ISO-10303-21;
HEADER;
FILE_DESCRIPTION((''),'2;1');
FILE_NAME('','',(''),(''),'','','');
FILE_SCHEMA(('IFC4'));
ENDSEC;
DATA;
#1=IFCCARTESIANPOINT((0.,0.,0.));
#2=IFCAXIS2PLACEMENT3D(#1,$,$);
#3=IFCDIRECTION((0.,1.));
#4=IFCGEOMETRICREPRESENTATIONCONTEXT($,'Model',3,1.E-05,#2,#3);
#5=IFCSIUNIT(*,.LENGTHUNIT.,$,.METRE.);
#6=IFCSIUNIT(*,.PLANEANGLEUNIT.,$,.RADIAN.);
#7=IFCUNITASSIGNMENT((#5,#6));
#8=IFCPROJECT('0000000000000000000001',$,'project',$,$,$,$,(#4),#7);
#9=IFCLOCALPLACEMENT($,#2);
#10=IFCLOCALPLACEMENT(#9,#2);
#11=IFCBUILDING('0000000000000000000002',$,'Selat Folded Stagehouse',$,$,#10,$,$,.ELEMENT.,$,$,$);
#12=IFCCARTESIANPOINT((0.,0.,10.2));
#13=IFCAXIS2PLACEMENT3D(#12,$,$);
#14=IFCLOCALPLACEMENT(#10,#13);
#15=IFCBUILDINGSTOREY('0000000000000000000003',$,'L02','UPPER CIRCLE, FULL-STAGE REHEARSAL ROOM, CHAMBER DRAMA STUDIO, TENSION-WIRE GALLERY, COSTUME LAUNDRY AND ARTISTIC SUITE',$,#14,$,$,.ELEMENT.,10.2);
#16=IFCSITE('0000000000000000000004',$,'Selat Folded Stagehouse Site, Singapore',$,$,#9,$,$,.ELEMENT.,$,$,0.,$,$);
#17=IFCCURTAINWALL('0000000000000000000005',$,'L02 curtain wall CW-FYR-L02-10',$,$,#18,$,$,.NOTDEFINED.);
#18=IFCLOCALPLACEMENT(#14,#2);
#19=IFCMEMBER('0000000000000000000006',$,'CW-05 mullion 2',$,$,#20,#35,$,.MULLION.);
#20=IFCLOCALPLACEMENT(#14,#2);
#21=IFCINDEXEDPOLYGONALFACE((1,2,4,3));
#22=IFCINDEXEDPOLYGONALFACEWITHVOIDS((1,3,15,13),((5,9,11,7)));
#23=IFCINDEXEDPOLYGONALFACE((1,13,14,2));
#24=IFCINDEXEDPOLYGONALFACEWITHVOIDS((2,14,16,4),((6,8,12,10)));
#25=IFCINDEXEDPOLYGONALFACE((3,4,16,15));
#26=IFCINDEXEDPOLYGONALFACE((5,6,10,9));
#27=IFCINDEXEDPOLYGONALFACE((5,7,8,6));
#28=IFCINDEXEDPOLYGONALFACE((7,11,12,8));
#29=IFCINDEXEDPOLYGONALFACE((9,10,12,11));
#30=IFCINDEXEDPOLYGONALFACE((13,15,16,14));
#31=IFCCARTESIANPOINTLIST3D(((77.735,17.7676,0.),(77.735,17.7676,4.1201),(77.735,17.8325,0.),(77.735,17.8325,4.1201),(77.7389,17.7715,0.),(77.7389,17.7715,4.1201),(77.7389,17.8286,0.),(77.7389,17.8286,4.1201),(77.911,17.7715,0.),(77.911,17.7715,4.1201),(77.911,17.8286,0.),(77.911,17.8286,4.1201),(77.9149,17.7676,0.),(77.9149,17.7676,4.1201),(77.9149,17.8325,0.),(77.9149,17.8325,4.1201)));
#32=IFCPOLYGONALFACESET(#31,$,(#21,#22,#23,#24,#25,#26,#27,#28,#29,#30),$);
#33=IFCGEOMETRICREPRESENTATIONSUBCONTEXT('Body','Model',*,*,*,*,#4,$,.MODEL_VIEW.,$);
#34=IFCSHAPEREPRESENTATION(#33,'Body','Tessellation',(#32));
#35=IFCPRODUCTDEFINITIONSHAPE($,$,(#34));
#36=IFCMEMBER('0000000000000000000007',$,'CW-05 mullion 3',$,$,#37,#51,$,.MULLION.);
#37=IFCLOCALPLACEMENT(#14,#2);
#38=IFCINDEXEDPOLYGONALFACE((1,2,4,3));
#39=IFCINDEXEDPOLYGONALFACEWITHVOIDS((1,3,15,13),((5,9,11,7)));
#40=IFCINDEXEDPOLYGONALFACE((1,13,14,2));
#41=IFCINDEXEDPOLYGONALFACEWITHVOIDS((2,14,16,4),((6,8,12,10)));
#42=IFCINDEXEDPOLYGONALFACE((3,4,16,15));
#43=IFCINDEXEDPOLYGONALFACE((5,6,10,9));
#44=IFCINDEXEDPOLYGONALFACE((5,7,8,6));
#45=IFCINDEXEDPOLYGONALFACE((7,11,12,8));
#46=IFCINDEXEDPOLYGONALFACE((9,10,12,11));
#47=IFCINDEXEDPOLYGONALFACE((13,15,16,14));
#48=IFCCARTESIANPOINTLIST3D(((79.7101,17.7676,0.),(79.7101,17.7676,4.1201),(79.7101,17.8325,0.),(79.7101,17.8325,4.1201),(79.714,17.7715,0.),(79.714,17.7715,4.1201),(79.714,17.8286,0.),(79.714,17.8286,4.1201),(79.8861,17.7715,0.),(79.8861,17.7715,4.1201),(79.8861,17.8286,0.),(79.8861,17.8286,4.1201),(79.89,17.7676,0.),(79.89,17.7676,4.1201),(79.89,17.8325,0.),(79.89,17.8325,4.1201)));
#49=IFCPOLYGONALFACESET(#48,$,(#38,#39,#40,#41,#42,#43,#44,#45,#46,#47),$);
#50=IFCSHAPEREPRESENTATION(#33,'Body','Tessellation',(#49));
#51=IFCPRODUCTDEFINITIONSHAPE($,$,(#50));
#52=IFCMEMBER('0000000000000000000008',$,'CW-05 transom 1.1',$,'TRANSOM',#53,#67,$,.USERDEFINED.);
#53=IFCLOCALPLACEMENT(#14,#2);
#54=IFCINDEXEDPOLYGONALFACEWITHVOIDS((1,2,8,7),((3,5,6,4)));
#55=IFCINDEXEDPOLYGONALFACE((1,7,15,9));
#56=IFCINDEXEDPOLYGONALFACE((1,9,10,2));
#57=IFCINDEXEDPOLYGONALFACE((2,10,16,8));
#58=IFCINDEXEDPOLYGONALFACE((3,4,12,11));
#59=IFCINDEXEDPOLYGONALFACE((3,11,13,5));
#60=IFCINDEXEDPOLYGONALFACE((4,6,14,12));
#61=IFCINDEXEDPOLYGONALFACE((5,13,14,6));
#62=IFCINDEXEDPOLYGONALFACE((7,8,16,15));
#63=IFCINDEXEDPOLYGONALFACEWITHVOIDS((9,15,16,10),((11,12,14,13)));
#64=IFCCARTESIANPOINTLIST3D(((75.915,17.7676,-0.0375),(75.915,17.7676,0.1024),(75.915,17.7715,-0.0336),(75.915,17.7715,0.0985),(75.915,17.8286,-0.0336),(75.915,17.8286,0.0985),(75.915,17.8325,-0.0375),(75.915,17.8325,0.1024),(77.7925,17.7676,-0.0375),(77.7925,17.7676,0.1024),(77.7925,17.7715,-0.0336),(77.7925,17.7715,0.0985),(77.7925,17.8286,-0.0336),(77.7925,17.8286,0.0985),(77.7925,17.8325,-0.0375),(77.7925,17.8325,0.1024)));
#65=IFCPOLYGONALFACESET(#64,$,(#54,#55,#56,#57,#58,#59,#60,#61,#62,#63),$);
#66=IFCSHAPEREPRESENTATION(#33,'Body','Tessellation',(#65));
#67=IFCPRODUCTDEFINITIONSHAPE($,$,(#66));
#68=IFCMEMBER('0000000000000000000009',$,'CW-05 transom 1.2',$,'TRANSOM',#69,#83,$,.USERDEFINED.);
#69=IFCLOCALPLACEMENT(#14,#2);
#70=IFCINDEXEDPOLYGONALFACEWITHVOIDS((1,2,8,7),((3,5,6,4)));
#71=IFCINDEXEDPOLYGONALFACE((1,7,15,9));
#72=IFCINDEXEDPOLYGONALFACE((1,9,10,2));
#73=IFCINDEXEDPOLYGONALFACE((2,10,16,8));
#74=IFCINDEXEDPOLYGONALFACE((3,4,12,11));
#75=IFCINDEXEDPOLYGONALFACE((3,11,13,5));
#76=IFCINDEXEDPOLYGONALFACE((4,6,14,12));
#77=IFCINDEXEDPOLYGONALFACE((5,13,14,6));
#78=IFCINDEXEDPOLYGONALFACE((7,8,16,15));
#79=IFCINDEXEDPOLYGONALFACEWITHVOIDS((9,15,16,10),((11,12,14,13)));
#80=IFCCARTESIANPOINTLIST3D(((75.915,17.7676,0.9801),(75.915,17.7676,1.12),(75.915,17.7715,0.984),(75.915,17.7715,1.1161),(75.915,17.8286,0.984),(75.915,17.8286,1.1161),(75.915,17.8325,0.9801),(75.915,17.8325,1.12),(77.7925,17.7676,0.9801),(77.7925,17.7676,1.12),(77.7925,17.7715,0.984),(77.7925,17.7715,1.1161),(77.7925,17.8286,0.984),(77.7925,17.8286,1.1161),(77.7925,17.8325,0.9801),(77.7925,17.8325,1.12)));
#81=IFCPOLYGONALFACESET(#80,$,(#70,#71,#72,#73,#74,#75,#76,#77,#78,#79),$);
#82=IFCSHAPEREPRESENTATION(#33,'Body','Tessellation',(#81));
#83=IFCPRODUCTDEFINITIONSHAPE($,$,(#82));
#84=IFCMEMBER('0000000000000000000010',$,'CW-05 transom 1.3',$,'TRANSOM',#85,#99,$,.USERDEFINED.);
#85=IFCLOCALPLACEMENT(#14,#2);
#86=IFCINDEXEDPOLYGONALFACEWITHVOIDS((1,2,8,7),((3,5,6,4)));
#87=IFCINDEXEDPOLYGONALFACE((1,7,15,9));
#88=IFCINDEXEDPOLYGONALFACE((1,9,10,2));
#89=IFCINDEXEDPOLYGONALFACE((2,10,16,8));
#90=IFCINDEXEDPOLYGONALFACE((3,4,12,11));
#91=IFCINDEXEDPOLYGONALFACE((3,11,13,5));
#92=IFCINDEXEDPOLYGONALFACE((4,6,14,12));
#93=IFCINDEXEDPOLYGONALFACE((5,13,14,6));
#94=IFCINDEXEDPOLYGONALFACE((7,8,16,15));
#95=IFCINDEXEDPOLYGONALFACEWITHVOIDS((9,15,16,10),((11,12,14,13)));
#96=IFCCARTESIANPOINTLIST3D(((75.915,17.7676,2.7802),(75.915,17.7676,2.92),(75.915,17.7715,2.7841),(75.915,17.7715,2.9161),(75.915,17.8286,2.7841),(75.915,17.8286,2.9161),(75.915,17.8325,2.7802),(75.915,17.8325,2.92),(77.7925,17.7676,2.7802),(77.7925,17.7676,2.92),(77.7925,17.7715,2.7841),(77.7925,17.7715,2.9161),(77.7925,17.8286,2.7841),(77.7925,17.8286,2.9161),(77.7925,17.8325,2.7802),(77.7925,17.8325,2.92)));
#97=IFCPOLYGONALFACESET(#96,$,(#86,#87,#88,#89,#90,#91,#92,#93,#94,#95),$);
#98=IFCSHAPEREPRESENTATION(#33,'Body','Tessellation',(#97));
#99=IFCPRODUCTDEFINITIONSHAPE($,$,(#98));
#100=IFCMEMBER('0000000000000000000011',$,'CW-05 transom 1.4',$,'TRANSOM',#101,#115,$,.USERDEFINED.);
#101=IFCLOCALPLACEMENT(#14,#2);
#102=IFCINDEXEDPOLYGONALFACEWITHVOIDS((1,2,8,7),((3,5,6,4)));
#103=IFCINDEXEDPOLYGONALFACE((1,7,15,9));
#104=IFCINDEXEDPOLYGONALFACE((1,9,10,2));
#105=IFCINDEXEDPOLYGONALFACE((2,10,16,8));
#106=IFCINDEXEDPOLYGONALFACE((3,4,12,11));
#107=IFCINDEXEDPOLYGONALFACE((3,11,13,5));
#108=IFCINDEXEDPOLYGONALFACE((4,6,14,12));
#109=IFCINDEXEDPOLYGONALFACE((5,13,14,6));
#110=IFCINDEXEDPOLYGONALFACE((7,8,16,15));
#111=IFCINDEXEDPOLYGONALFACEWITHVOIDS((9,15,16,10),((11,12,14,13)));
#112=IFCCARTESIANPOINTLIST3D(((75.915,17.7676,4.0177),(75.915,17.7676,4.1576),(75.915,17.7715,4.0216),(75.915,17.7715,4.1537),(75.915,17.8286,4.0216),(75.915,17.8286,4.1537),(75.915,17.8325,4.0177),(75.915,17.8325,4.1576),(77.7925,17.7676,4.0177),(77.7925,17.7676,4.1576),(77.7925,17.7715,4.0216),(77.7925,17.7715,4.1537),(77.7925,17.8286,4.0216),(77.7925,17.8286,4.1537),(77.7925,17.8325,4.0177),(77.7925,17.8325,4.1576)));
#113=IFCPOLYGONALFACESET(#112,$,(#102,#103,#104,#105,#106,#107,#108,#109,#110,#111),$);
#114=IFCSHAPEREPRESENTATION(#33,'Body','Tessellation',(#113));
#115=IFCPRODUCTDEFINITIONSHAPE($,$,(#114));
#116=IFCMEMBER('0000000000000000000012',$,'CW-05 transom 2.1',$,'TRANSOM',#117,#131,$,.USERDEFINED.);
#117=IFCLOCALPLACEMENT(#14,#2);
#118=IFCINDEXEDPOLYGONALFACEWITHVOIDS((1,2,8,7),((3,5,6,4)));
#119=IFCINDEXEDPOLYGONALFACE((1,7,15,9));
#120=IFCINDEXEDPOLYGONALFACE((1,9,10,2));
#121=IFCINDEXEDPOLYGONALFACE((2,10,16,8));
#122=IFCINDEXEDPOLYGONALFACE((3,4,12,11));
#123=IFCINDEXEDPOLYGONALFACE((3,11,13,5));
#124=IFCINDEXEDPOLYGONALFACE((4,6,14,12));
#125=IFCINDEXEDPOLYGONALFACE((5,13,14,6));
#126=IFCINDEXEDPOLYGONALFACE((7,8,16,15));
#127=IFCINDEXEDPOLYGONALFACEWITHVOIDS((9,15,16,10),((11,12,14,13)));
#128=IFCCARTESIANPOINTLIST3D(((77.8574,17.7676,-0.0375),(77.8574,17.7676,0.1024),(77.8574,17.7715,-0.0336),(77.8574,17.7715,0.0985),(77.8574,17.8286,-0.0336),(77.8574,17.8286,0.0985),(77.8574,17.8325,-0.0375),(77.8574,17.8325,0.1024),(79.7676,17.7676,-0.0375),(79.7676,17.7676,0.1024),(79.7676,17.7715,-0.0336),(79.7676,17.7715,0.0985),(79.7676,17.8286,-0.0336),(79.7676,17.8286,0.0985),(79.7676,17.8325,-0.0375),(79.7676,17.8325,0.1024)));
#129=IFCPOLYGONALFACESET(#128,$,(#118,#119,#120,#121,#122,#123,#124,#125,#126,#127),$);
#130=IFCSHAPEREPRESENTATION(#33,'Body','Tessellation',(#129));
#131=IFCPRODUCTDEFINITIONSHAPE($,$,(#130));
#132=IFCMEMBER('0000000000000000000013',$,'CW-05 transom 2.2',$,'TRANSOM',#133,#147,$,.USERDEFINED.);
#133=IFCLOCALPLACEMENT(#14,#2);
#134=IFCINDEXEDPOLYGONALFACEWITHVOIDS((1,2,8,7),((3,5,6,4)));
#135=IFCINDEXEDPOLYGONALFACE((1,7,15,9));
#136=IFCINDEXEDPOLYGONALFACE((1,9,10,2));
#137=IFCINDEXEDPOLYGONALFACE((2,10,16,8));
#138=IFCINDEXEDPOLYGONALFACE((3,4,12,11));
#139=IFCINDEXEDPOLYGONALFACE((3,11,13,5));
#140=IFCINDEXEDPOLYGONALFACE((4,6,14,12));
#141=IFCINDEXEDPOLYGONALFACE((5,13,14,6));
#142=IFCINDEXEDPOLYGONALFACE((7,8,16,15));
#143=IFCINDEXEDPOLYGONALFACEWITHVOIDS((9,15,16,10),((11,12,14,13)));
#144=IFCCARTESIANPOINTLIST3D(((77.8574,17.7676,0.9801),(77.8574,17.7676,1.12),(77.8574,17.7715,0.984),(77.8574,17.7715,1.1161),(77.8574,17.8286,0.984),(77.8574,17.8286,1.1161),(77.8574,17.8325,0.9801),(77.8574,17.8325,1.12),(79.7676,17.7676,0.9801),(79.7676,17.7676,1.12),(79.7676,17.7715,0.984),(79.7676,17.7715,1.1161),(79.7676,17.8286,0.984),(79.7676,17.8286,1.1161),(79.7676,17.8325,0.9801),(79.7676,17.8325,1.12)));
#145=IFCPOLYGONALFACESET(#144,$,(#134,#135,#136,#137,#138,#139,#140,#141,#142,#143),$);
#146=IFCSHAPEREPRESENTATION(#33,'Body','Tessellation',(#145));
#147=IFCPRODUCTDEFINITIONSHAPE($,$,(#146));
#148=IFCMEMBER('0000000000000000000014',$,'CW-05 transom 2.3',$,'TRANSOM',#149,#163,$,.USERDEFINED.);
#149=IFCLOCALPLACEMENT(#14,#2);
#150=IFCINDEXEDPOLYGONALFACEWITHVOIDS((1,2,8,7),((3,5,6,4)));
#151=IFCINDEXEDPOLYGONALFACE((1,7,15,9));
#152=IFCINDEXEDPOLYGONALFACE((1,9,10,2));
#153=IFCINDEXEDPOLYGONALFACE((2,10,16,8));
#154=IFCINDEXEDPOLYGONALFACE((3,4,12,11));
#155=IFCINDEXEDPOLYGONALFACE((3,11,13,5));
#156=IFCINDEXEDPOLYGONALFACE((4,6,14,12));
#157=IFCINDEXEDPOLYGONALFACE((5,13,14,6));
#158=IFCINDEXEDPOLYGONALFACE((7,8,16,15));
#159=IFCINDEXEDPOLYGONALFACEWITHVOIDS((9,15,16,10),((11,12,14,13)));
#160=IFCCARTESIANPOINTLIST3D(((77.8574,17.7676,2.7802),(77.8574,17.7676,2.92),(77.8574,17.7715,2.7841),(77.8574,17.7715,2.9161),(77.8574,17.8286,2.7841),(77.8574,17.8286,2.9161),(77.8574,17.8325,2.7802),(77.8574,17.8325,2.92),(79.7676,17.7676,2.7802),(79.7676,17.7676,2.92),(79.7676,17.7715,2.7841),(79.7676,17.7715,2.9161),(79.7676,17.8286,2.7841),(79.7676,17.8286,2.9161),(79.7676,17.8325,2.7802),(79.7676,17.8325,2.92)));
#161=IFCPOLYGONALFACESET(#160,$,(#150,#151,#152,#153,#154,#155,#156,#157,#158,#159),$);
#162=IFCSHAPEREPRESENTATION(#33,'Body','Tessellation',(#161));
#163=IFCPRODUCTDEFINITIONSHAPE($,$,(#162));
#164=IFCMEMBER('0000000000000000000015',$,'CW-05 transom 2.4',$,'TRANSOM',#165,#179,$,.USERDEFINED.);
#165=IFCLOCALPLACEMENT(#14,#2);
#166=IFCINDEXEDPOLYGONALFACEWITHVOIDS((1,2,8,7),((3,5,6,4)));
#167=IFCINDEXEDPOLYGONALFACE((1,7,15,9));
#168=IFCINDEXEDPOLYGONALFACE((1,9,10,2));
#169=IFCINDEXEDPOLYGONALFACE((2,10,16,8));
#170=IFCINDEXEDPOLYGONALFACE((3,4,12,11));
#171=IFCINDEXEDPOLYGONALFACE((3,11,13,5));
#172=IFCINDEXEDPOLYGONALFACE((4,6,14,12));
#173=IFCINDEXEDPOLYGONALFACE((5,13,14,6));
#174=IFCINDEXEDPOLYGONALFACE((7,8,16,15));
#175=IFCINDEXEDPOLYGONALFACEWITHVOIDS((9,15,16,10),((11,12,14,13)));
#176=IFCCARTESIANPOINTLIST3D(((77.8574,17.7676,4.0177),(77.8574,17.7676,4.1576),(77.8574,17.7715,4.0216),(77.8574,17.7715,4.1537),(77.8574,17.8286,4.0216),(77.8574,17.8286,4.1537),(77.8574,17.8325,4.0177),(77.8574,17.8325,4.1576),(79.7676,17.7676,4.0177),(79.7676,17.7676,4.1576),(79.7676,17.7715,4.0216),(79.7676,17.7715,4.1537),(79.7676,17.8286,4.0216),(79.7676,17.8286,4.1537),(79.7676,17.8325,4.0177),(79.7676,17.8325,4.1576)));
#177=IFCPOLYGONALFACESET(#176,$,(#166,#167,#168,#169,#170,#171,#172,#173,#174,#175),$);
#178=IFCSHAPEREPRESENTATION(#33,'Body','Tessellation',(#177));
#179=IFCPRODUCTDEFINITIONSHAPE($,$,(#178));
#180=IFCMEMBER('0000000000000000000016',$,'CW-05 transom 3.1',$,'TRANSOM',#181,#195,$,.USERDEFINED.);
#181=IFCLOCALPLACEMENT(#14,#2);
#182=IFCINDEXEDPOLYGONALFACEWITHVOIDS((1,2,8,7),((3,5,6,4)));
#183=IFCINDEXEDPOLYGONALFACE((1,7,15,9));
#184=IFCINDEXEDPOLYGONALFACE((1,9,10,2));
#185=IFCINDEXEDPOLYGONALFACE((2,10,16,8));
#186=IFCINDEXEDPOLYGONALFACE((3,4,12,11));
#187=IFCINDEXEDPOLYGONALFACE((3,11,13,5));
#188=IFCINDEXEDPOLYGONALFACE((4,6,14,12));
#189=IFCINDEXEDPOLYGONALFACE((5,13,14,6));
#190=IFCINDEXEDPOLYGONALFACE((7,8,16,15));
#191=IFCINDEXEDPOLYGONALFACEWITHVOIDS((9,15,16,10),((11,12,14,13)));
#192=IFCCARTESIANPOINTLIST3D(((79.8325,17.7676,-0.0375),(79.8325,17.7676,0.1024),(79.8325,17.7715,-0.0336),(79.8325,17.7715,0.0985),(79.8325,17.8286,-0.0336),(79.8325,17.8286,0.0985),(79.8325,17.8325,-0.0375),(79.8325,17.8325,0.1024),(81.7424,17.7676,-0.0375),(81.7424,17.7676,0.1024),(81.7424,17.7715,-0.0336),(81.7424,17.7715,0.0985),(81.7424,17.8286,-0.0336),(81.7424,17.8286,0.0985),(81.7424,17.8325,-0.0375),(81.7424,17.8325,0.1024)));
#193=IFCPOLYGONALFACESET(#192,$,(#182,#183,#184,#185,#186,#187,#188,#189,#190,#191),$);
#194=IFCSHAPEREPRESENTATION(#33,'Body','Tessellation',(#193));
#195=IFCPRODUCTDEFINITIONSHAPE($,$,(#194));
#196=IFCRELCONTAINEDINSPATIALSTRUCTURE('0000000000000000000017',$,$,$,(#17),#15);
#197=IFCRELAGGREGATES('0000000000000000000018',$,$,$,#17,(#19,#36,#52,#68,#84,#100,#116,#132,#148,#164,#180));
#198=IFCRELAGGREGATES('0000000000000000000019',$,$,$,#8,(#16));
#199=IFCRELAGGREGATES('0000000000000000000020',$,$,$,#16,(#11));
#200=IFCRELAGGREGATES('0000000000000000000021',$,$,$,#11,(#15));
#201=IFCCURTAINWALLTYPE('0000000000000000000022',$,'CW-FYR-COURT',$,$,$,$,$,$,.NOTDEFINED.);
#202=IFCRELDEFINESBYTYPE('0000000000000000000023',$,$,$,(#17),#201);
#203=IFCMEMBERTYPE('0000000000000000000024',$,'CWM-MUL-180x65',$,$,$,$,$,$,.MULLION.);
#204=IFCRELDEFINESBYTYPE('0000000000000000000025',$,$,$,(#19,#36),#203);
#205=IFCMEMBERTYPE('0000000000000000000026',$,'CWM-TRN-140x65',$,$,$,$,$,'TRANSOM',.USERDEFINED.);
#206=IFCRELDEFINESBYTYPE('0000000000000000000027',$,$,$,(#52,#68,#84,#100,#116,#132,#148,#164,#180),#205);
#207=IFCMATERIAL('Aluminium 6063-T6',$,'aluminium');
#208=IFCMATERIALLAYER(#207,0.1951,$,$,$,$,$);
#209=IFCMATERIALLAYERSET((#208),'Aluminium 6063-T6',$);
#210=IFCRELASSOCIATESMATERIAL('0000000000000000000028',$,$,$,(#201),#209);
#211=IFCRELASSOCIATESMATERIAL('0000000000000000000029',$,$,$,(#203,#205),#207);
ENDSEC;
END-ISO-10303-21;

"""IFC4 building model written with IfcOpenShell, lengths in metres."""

from ifc_helpers import new_model, si_unit, direction, frame, origin, origin_2d, place, context, subcontext, project, spatial, hollow_rectangle, extrude, material, layer, layer_set, material_profile, profile_set, type_object, element, aggregate, save


model = new_model("IFC4")

# Units and contexts
model_context = context("Model", 3, precision=1e-05, world=origin(), true_north=direction((0.0, 1.0)))
body_context = subcontext(model_context, "Body", "Model", "MODEL_VIEW")
ifc_project = project(units=[si_unit("LENGTHUNIT", "METRE"), si_unit("PLANEANGLEUNIT", "RADIAN")], contexts=[model_context])

# Site, building, storey
site_placement = place(None, origin())
site = spatial("IfcSite", under=ifc_project, at=site_placement, Name="Selat Folded Stagehouse Site, Singapore", CompositionType="ELEMENT", RefElevation=0.0)
building_placement = place(site_placement, origin())
building = spatial("IfcBuilding", under=site, at=building_placement, Name="Selat Folded Stagehouse", CompositionType="ELEMENT")
storey_placement = place(building_placement, frame((0.0, 0.0, 10.2)))
storey = spatial("IfcBuildingStorey", under=building, at=storey_placement, Name="L02", Description="UPPER CIRCLE, FULL-STAGE REHEARSAL ROOM, CHAMBER DRAMA STUDIO, TENSION-WIRE GALLERY, COSTUME LAUNDRY AND ARTISTIC SUITE", CompositionType="ELEMENT", Elevation=10.2)

# Curtain wall, members
ifc_material_1 = material(Name="Aluminium 6063-T6", Category="aluminium")
ifc_layer_1 = layer(ifc_material_1, 0.1951)
ifc_layer_set_1 = layer_set([ifc_layer_1], Name="Aluminium 6063-T6")
curtain_wall_type = type_object("IfcCurtainWallType", Name="CW-FYR-COURT", PredefinedType="NOTDEFINED", material=ifc_layer_set_1)
curtain_wall_placement = place(storey_placement, origin())
curtain_wall = element("IfcCurtainWall", 1, at=curtain_wall_placement, inside=storey, type_object=curtain_wall_type, Name="L02 curtain wall CW-FYR-L02-10", PredefinedType="NOTDEFINED")
ifc_material_profile_1 = material_profile(ifc_material_1, hollow_rectangle(XDim=0.0649, YDim=0.1799, WallThickness=0.0039, at=origin_2d()), Name="ALU 180x65x4.0")
ifc_profile_set_1 = profile_set([ifc_material_profile_1], Name="Aluminium 6063-T6")
member_type_1 = type_object("IfcMemberType", Name="CWM-MUL-180x65", PredefinedType="MULLION", material=ifc_profile_set_1)
member_1_placement = place(storey_placement, frame((77.825, 17.8, 0.0), z_axis=(0.0, 0.0, 1.0), x_axis=(0.0, 1.0, 0.0)))
member_1 = element("IfcMember", 2, at=member_1_placement, type_object=member_type_1, Name="CW-05 mullion 2", PredefinedType="MULLION", context=body_context, shape_type="SweptSolid", body=[
    extrude(hollow_rectangle(XDim=0.0649, YDim=0.1799, WallThickness=0.0039, at=origin_2d()), origin(), (0.0, 0.0, 1.0), 4.1201),
])
member_2_placement = place(storey_placement, frame((79.8, 17.8, 0.0), z_axis=(0.0, 0.0, 1.0), x_axis=(0.0, 1.0, 0.0)))
member_2 = element("IfcMember", 3, at=member_2_placement, type_object=member_type_1, Name="CW-05 mullion 3", PredefinedType="MULLION", context=body_context, shape_type="SweptSolid", body=[
    extrude(hollow_rectangle(XDim=0.0649, YDim=0.1799, WallThickness=0.0039, at=origin_2d()), origin(), (0.0, 0.0, 1.0), 4.1201),
])
ifc_material_profile_2 = material_profile(ifc_material_1, hollow_rectangle(XDim=0.0649, YDim=0.1399, WallThickness=0.0039, at=origin_2d()), Name="ALU 140x65x4.0")
ifc_profile_set_2 = profile_set([ifc_material_profile_2], Name="Aluminium 6063-T6")
member_type_2 = type_object("IfcMemberType", Name="CWM-TRN-140x65", ElementType="TRANSOM", PredefinedType="USERDEFINED", material=ifc_profile_set_2)
member_3_placement = place(storey_placement, frame((75.915, 17.8, 0.0325), z_axis=(1.0, 0.0, 0.0), x_axis=(0.0, 1.0, 0.0)))
member_3 = element("IfcMember", 4, at=member_3_placement, type_object=member_type_2, Name="CW-05 transom 1.1", ObjectType="TRANSOM", PredefinedType="USERDEFINED", context=body_context, shape_type="SweptSolid", body=[
    extrude(hollow_rectangle(XDim=0.0649, YDim=0.1399, WallThickness=0.0039, at=origin_2d()), origin(), (0.0, 0.0, 1.0), 1.8774),
])
member_4_placement = place(storey_placement, frame((75.915, 17.8, 1.05), z_axis=(1.0, 0.0, 0.0), x_axis=(0.0, 1.0, 0.0)))
member_4 = element("IfcMember", 5, at=member_4_placement, type_object=member_type_2, Name="CW-05 transom 1.2", ObjectType="TRANSOM", PredefinedType="USERDEFINED", context=body_context, shape_type="SweptSolid", body=[
    extrude(hollow_rectangle(XDim=0.0649, YDim=0.1399, WallThickness=0.0039, at=origin_2d()), origin(), (0.0, 0.0, 1.0), 1.8774),
])
member_5_placement = place(storey_placement, frame((75.915, 17.8, 2.8501), z_axis=(1.0, 0.0, 0.0), x_axis=(0.0, 1.0, 0.0)))
member_5 = element("IfcMember", 6, at=member_5_placement, type_object=member_type_2, Name="CW-05 transom 1.3", ObjectType="TRANSOM", PredefinedType="USERDEFINED", context=body_context, shape_type="SweptSolid", body=[
    extrude(hollow_rectangle(XDim=0.0649, YDim=0.1399, WallThickness=0.0039, at=origin_2d()), origin(), (0.0, 0.0, 1.0), 1.8774),
])
member_6_placement = place(storey_placement, frame((75.915, 17.8, 4.0876), z_axis=(1.0, 0.0, 0.0), x_axis=(0.0, 1.0, 0.0)))
member_6 = element("IfcMember", 7, at=member_6_placement, type_object=member_type_2, Name="CW-05 transom 1.4", ObjectType="TRANSOM", PredefinedType="USERDEFINED", context=body_context, shape_type="SweptSolid", body=[
    extrude(hollow_rectangle(XDim=0.0649, YDim=0.1399, WallThickness=0.0039, at=origin_2d()), origin(), (0.0, 0.0, 1.0), 1.8774),
])
member_7_placement = place(storey_placement, frame((77.8574, 17.8, 0.0325), z_axis=(1.0, 0.0, 0.0), x_axis=(0.0, 1.0, 0.0)))
member_7 = element("IfcMember", 8, at=member_7_placement, type_object=member_type_2, Name="CW-05 transom 2.1", ObjectType="TRANSOM", PredefinedType="USERDEFINED", context=body_context, shape_type="SweptSolid", body=[
    extrude(hollow_rectangle(XDim=0.0649, YDim=0.1399, WallThickness=0.0039, at=origin_2d()), origin(), (0.0, 0.0, 1.0), 1.9102),
])
member_8_placement = place(storey_placement, frame((77.8574, 17.8, 1.05), z_axis=(1.0, 0.0, 0.0), x_axis=(0.0, 1.0, 0.0)))
member_8 = element("IfcMember", 9, at=member_8_placement, type_object=member_type_2, Name="CW-05 transom 2.2", ObjectType="TRANSOM", PredefinedType="USERDEFINED", context=body_context, shape_type="SweptSolid", body=[
    extrude(hollow_rectangle(XDim=0.0649, YDim=0.1399, WallThickness=0.0039, at=origin_2d()), origin(), (0.0, 0.0, 1.0), 1.9102),
])
member_9_placement = place(storey_placement, frame((77.8574, 17.8, 2.8501), z_axis=(1.0, 0.0, 0.0), x_axis=(0.0, 1.0, 0.0)))
member_9 = element("IfcMember", 10, at=member_9_placement, type_object=member_type_2, Name="CW-05 transom 2.3", ObjectType="TRANSOM", PredefinedType="USERDEFINED", context=body_context, shape_type="SweptSolid", body=[
    extrude(hollow_rectangle(XDim=0.0649, YDim=0.1399, WallThickness=0.0039, at=origin_2d()), origin(), (0.0, 0.0, 1.0), 1.9102),
])
member_10_placement = place(storey_placement, frame((77.8574, 17.8, 4.0876), z_axis=(1.0, 0.0, 0.0), x_axis=(0.0, 1.0, 0.0)))
member_10 = element("IfcMember", 11, at=member_10_placement, type_object=member_type_2, Name="CW-05 transom 2.4", ObjectType="TRANSOM", PredefinedType="USERDEFINED", context=body_context, shape_type="SweptSolid", body=[
    extrude(hollow_rectangle(XDim=0.0649, YDim=0.1399, WallThickness=0.0039, at=origin_2d()), origin(), (0.0, 0.0, 1.0), 1.9102),
])
member_11_placement = place(storey_placement, frame((79.8325, 17.8, 0.0325), z_axis=(1.0, 0.0, 0.0), x_axis=(0.0, 1.0, 0.0)))
member_11 = element("IfcMember", 12, at=member_11_placement, type_object=member_type_2, Name="CW-05 transom 3.1", ObjectType="TRANSOM", PredefinedType="USERDEFINED", context=body_context, shape_type="SweptSolid", body=[
    extrude(hollow_rectangle(XDim=0.0649, YDim=0.1399, WallThickness=0.0039, at=origin_2d()), origin(), (0.0, 0.0, 1.0), 1.9099),
])
aggregate(curtain_wall, [member_1, member_2, member_3, member_4, member_5, member_6, member_7, member_8, member_9, member_10, member_11])

save(model, "model.ifc")
